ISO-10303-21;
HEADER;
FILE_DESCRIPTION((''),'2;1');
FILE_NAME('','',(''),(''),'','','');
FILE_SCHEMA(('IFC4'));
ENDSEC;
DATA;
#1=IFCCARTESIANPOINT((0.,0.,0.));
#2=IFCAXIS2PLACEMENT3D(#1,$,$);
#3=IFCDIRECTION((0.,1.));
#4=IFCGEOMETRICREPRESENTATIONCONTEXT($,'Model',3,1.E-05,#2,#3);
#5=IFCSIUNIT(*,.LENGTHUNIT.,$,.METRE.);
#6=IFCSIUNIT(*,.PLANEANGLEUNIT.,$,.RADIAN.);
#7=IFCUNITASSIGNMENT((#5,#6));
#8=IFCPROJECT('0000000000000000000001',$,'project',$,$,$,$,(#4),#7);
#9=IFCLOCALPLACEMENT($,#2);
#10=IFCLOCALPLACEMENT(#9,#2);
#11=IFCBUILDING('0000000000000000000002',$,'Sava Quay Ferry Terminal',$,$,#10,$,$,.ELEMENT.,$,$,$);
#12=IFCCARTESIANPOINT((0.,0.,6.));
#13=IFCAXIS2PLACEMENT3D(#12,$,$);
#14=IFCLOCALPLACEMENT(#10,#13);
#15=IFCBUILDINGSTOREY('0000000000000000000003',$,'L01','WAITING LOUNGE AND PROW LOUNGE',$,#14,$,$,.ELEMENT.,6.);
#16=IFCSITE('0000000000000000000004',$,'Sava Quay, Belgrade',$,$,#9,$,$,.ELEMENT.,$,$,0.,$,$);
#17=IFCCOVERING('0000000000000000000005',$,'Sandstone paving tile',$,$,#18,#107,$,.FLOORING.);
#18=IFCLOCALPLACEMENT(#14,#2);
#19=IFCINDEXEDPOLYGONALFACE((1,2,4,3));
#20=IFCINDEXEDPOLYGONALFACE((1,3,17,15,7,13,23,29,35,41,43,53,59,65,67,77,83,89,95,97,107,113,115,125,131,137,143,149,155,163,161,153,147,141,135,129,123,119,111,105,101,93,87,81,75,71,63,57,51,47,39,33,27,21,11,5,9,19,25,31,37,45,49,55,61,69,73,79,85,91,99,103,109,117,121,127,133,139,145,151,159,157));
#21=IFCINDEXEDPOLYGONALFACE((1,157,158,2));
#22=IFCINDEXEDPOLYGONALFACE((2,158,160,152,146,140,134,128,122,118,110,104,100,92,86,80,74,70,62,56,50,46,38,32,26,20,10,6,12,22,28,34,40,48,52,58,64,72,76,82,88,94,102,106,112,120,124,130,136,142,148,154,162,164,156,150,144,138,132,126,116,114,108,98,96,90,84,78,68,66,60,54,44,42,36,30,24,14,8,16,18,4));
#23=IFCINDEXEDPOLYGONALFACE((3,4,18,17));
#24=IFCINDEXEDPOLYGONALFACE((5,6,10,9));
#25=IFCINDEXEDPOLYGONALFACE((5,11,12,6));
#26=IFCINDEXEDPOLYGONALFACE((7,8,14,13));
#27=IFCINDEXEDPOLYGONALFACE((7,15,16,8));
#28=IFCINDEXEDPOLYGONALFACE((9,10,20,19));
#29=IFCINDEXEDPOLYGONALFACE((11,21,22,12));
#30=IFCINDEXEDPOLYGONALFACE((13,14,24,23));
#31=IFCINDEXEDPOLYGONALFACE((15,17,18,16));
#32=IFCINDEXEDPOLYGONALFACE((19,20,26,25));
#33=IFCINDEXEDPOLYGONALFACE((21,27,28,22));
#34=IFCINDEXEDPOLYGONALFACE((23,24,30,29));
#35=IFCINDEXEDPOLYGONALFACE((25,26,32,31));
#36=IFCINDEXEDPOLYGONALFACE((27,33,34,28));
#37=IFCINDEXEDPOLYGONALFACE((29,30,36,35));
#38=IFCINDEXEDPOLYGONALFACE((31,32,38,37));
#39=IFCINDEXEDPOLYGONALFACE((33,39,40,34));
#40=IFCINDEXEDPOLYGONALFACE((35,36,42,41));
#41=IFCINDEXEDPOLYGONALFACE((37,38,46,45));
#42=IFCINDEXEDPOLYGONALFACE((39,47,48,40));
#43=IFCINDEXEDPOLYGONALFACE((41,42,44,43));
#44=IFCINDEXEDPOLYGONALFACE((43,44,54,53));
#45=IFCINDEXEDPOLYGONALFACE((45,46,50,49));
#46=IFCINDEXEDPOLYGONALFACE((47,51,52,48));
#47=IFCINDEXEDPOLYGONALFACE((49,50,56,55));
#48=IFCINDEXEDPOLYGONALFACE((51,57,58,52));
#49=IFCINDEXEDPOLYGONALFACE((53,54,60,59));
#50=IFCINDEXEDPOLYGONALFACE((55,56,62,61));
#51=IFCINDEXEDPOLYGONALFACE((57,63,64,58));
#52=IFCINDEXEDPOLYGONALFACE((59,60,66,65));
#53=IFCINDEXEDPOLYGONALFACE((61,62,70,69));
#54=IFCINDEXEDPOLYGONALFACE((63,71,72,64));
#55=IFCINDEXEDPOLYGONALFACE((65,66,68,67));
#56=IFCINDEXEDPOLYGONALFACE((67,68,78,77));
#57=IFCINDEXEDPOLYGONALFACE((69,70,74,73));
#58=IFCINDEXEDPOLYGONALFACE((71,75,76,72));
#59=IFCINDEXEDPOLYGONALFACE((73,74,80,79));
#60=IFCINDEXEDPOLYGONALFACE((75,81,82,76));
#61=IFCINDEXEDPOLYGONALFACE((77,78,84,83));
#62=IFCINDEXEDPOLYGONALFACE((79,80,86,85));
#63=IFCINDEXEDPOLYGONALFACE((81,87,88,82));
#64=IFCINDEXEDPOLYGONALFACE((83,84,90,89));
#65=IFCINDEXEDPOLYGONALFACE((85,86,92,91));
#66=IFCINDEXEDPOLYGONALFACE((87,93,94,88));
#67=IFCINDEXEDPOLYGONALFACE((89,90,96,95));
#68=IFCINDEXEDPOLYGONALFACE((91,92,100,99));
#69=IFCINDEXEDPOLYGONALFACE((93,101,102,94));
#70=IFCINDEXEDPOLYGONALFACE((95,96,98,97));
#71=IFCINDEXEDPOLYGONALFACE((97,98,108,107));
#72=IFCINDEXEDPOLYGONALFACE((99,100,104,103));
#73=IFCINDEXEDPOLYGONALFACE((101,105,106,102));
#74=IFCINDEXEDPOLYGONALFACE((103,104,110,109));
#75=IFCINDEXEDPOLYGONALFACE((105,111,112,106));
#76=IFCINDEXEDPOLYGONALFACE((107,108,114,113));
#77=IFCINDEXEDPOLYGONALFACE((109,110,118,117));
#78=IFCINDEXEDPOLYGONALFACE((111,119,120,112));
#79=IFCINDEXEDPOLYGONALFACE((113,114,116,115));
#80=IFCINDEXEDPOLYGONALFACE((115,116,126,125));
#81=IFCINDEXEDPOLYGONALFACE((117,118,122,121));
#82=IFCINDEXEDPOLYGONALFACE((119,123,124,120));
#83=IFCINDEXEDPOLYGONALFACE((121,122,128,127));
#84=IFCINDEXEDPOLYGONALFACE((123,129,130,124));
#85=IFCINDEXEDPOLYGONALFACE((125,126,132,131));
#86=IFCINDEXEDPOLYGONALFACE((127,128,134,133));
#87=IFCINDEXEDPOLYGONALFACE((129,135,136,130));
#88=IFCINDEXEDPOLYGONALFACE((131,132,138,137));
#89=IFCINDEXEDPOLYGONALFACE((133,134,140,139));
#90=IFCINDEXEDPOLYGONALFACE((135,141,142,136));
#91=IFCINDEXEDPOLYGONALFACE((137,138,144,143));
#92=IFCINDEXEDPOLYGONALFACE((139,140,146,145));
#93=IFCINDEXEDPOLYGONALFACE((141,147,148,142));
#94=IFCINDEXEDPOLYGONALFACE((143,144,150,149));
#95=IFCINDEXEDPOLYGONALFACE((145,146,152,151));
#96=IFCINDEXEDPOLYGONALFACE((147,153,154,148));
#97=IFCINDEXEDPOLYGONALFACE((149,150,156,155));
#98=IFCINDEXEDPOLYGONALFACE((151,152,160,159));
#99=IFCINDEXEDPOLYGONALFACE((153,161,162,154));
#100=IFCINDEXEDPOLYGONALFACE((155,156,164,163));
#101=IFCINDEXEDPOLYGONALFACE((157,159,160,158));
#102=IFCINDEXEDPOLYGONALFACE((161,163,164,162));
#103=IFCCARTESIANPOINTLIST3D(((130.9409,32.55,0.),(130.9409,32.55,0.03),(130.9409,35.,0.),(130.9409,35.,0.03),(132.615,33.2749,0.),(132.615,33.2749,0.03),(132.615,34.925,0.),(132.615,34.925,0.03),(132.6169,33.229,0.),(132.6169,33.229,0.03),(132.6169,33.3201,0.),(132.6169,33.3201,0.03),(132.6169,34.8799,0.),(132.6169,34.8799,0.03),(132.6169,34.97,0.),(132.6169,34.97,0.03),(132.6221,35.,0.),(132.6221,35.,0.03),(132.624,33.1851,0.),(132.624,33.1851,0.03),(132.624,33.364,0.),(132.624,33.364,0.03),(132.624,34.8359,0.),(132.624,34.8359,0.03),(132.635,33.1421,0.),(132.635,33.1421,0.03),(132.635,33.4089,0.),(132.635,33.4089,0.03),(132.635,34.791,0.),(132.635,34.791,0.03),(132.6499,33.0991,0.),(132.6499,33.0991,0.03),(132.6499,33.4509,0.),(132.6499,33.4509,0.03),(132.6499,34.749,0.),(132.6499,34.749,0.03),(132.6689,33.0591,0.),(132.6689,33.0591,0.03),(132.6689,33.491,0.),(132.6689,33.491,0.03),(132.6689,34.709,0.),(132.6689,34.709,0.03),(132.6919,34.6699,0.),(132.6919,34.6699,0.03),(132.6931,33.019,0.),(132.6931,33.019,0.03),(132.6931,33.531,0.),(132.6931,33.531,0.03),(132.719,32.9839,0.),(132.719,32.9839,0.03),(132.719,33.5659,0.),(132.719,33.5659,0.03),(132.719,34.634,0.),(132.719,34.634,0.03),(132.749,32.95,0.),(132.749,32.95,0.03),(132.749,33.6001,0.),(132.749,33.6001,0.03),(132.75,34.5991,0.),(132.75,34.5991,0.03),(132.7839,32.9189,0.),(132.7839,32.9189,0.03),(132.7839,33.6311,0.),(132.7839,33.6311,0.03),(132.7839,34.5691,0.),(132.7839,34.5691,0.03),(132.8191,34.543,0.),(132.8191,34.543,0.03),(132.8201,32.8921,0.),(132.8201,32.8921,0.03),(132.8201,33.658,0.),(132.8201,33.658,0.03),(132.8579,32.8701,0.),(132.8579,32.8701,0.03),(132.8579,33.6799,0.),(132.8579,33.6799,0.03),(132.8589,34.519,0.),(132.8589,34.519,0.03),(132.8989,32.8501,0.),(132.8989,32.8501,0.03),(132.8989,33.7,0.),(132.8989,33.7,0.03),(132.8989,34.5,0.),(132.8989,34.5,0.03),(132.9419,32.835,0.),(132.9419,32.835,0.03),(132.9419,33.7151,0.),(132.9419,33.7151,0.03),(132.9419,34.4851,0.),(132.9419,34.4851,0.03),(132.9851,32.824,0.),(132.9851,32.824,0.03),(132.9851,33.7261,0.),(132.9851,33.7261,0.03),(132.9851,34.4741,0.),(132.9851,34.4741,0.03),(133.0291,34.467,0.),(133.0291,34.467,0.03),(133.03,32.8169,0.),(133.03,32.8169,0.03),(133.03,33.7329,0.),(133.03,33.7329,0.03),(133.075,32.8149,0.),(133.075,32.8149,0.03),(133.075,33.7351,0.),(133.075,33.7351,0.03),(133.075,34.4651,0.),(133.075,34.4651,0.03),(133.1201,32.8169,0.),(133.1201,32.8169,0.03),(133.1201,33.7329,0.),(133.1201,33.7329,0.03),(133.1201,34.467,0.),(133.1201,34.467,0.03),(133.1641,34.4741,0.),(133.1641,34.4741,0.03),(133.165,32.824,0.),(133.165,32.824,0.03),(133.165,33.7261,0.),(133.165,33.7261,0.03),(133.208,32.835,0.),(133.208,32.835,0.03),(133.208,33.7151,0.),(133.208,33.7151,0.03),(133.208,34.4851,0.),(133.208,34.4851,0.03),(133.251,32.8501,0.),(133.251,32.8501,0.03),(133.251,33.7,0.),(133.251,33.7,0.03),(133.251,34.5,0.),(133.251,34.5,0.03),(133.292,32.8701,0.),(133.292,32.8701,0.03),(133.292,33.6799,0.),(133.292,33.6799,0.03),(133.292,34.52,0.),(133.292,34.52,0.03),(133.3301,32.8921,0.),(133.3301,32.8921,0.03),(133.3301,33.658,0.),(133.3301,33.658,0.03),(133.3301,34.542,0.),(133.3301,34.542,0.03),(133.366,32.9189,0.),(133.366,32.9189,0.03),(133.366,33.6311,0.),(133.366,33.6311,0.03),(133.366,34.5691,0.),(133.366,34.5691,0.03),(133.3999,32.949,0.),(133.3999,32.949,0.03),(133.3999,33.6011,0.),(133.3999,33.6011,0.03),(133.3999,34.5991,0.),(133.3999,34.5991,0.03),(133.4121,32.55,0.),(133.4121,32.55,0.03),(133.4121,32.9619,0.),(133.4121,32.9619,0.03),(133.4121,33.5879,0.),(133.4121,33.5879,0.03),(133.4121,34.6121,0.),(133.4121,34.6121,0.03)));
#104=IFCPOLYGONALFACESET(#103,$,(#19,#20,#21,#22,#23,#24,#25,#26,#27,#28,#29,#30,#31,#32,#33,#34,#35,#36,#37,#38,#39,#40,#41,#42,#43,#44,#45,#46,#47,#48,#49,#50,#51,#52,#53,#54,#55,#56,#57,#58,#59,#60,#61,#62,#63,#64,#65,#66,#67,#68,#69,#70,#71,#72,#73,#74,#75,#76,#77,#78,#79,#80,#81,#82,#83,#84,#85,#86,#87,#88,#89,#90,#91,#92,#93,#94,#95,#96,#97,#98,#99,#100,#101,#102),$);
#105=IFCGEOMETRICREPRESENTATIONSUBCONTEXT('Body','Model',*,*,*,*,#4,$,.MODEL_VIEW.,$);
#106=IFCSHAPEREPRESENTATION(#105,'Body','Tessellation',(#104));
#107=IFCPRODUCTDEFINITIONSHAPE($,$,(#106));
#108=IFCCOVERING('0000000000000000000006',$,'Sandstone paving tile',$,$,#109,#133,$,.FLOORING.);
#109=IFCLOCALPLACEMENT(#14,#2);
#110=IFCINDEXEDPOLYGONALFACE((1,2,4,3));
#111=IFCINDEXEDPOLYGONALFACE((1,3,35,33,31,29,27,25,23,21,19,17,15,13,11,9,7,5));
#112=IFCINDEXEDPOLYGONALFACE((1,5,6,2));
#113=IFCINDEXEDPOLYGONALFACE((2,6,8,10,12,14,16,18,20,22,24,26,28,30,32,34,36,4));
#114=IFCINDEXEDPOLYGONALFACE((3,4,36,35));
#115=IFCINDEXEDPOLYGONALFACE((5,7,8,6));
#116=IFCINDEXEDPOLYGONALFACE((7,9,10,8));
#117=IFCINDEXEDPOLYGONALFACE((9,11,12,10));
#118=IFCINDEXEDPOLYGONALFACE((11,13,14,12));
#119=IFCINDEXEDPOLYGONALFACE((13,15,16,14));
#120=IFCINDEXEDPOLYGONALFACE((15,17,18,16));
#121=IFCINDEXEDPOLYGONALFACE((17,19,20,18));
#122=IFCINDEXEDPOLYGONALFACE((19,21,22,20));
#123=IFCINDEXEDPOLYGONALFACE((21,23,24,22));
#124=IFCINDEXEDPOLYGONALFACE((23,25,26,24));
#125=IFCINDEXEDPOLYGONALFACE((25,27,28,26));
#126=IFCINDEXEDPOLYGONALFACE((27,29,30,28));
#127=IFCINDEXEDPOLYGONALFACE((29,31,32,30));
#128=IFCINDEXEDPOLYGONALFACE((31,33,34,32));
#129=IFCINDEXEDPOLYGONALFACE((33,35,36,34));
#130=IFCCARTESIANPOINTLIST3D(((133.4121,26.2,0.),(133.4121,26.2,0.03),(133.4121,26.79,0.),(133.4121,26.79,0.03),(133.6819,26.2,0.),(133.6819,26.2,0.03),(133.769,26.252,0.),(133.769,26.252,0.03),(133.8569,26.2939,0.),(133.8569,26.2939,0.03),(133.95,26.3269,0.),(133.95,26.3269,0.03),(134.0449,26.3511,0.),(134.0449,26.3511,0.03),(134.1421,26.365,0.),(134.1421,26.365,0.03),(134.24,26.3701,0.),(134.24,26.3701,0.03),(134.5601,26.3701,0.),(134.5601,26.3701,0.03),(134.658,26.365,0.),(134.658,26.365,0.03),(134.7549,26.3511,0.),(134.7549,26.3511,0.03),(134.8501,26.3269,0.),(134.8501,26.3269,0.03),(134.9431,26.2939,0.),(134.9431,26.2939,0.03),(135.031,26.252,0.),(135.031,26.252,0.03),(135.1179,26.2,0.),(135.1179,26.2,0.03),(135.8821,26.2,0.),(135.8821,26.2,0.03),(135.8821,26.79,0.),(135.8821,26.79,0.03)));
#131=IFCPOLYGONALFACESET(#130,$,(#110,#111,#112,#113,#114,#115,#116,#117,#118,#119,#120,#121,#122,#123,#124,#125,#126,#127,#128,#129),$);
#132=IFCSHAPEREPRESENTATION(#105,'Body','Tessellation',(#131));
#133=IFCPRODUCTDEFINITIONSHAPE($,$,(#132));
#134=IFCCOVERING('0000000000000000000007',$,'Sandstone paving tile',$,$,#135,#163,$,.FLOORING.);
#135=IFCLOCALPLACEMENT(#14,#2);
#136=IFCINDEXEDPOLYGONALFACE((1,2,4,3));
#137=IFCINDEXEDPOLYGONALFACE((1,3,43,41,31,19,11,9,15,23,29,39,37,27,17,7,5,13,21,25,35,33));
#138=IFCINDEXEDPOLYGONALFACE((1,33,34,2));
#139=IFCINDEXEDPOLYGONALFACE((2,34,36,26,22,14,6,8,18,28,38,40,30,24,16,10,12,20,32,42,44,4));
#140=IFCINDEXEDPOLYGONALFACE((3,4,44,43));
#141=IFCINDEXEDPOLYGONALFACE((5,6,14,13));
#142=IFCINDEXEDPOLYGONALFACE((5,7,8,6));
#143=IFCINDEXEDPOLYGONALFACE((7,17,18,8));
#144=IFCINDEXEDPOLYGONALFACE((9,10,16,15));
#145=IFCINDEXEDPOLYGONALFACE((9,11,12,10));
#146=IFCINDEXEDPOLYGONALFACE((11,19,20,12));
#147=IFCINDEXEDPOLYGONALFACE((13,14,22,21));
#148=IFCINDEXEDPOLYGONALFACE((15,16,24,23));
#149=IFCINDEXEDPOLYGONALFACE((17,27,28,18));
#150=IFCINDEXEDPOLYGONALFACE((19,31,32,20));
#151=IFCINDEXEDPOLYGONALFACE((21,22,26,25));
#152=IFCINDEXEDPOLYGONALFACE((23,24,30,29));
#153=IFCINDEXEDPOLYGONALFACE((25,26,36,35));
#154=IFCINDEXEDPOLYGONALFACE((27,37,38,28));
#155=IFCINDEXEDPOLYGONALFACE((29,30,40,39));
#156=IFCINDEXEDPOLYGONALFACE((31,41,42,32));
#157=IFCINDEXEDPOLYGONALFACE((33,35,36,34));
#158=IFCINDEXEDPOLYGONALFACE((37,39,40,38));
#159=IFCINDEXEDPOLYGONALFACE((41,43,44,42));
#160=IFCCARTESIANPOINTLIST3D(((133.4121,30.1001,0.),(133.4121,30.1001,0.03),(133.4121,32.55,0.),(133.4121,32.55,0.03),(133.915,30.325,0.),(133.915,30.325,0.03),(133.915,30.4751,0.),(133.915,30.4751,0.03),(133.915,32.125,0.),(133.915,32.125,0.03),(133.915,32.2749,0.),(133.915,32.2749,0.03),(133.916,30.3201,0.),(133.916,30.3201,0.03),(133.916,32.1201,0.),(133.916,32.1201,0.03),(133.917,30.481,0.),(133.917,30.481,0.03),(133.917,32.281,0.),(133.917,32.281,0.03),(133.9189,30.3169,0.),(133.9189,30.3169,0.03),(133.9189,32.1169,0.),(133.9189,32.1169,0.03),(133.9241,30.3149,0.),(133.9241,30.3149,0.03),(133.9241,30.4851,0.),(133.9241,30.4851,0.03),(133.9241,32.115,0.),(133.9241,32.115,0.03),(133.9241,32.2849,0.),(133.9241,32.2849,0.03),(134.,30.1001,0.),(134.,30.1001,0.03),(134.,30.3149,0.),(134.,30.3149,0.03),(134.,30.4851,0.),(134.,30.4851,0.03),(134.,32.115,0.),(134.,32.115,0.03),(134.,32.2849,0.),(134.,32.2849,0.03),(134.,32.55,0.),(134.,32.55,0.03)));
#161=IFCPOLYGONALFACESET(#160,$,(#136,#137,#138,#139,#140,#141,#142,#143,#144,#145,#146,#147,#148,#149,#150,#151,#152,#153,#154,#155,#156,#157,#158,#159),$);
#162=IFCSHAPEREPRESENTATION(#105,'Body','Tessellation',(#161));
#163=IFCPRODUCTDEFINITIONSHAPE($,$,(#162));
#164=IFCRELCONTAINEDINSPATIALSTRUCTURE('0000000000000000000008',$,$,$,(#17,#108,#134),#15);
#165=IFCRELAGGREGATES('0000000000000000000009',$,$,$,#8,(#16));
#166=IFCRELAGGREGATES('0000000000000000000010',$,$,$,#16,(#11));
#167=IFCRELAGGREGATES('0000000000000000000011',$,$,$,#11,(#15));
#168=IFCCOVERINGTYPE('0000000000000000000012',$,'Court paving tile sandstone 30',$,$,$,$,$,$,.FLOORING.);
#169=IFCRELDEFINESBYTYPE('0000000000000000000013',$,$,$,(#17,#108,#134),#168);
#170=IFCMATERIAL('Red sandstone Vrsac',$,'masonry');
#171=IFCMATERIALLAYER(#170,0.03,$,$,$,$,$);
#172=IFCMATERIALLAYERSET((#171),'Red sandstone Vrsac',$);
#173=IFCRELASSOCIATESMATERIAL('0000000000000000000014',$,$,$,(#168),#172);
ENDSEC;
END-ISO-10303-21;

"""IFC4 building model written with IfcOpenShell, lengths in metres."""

from ifc_helpers import new_model, si_unit, direction, frame, origin, place, context, subcontext, project, spatial, polyline, outline, extrude, material, layer, layer_set, type_object, element, save


model = new_model("IFC4")

# Units and contexts
model_context = context("Model", 3, precision=1e-05, world=origin(), true_north=direction((0.0, 1.0)))
body_context = subcontext(model_context, "Body", "Model", "MODEL_VIEW")
ifc_project = project(units=[si_unit("LENGTHUNIT", "METRE"), si_unit("PLANEANGLEUNIT", "RADIAN")], contexts=[model_context])

# Site, building, storey
site_placement = place(None, origin())
site = spatial("IfcSite", under=ifc_project, at=site_placement, Name="Sava Quay, Belgrade", CompositionType="ELEMENT", RefElevation=0.0)
building_placement = place(site_placement, origin())
building = spatial("IfcBuilding", under=site, at=building_placement, Name="Sava Quay Ferry Terminal", CompositionType="ELEMENT")
storey_placement = place(building_placement, frame((0.0, 0.0, 6.0)))
storey = spatial("IfcBuildingStorey", under=building, at=storey_placement, Name="L01", Description="WAITING LOUNGE AND PROW LOUNGE", CompositionType="ELEMENT", Elevation=6.0)

# Coverings
ifc_material_1 = material(Name="Red sandstone Vrsac", Category="masonry")
ifc_layer_1 = layer(ifc_material_1, 0.03)
ifc_layer_set_1 = layer_set([ifc_layer_1], Name="Red sandstone Vrsac")
covering_type_1 = type_object("IfcCoveringType", Name="Court paving tile sandstone 30", PredefinedType="FLOORING", material=ifc_layer_set_1)
covering_1_placement = place(storey_placement, origin())
element("IfcCovering", 1, at=covering_1_placement, inside=storey, type_object=covering_type_1, Name="Sandstone paving tile", PredefinedType="FLOORING", context=body_context, shape_type="SweptSolid", body=[
    extrude(outline(polyline([(133.4121, 32.55), (133.4121, 32.9619), (133.3999, 32.949), (133.366, 32.9189), (133.3301, 32.8921), (133.292, 32.8701), (133.251, 32.8501), (133.208, 32.835), (133.165, 32.824), (133.1201, 32.8169), (133.075, 32.8149), (133.03, 32.8169), (132.9851, 32.824), (132.9419, 32.835), (132.8989, 32.8501), (132.8579, 32.8701), (132.8201, 32.8921), (132.7839, 32.9189), (132.749, 32.95), (132.719, 32.9839), (132.6931, 33.019), (132.6689, 33.0591), (132.6499, 33.0991), (132.635, 33.1421), (132.624, 33.1851), (132.6169, 33.229), (132.615, 33.2749), (132.6169, 33.3201), (132.624, 33.364), (132.635, 33.4089), (132.6499, 33.4509), (132.6689, 33.491), (132.6931, 33.531), (132.719, 33.5659), (132.749, 33.6001), (132.7839, 33.6311), (132.8201, 33.658), (132.8579, 33.6799), (132.8989, 33.7), (132.9419, 33.7151), (132.9851, 33.7261), (133.03, 33.7329), (133.075, 33.7351), (133.1201, 33.7329), (133.165, 33.7261), (133.208, 33.7151), (133.251, 33.7), (133.292, 33.6799), (133.3301, 33.658), (133.366, 33.6311), (133.3999, 33.6011), (133.4121, 33.5879), (133.4121, 34.6121), (133.3999, 34.5991), (133.366, 34.5691), (133.3301, 34.542), (133.292, 34.52), (133.251, 34.5), (133.208, 34.4851), (133.1641, 34.4741), (133.1201, 34.467), (133.075, 34.4651), (133.0291, 34.467), (132.9851, 34.4741), (132.9419, 34.4851), (132.8989, 34.5), (132.8589, 34.519), (132.8191, 34.543), (132.7839, 34.5691), (132.75, 34.5991), (132.719, 34.634), (132.6919, 34.6699), (132.6689, 34.709), (132.6499, 34.749), (132.635, 34.791), (132.624, 34.8359), (132.6169, 34.8799), (132.615, 34.925), (132.6169, 34.97), (132.6221, 35.0), (130.9409, 35.0), (130.9409, 32.55), (133.4121, 32.55)])), origin(), (0.0, 0.0, 1.0), 0.03),
])
covering_2_placement = place(storey_placement, origin())
element("IfcCovering", 2, at=covering_2_placement, inside=storey, type_object=covering_type_1, Name="Sandstone paving tile", PredefinedType="FLOORING", context=body_context, shape_type="SweptSolid", body=[
    extrude(outline(polyline([(135.8821, 26.2), (135.8821, 26.79), (133.4121, 26.79), (133.4121, 26.2), (133.6819, 26.2), (133.769, 26.252), (133.8569, 26.2939), (133.95, 26.3269), (134.0449, 26.3511), (134.1421, 26.365), (134.24, 26.3701), (134.5601, 26.3701), (134.658, 26.365), (134.7549, 26.3511), (134.8501, 26.3269), (134.9431, 26.2939), (135.031, 26.252), (135.1179, 26.2), (135.8821, 26.2)])), origin(), (0.0, 0.0, 1.0), 0.03),
])
covering_3_placement = place(storey_placement, origin())
element("IfcCovering", 3, at=covering_3_placement, inside=storey, type_object=covering_type_1, Name="Sandstone paving tile", PredefinedType="FLOORING", context=body_context, shape_type="SweptSolid", body=[
    extrude(outline(polyline([(133.4121, 32.55), (133.4121, 30.1001), (134.0, 30.1001), (134.0, 30.3149), (133.9241, 30.3149), (133.9189, 30.3169), (133.916, 30.3201), (133.915, 30.325), (133.915, 30.4751), (133.917, 30.481), (133.9241, 30.4851), (134.0, 30.4851), (134.0, 32.115), (133.9241, 32.115), (133.9189, 32.1169), (133.916, 32.1201), (133.915, 32.125), (133.915, 32.2749), (133.917, 32.281), (133.9241, 32.2849), (134.0, 32.2849), (134.0, 32.55), (133.4121, 32.55)])), origin(), (0.0, 0.0, 1.0), 0.03),
])

save(model, "model.ifc")
